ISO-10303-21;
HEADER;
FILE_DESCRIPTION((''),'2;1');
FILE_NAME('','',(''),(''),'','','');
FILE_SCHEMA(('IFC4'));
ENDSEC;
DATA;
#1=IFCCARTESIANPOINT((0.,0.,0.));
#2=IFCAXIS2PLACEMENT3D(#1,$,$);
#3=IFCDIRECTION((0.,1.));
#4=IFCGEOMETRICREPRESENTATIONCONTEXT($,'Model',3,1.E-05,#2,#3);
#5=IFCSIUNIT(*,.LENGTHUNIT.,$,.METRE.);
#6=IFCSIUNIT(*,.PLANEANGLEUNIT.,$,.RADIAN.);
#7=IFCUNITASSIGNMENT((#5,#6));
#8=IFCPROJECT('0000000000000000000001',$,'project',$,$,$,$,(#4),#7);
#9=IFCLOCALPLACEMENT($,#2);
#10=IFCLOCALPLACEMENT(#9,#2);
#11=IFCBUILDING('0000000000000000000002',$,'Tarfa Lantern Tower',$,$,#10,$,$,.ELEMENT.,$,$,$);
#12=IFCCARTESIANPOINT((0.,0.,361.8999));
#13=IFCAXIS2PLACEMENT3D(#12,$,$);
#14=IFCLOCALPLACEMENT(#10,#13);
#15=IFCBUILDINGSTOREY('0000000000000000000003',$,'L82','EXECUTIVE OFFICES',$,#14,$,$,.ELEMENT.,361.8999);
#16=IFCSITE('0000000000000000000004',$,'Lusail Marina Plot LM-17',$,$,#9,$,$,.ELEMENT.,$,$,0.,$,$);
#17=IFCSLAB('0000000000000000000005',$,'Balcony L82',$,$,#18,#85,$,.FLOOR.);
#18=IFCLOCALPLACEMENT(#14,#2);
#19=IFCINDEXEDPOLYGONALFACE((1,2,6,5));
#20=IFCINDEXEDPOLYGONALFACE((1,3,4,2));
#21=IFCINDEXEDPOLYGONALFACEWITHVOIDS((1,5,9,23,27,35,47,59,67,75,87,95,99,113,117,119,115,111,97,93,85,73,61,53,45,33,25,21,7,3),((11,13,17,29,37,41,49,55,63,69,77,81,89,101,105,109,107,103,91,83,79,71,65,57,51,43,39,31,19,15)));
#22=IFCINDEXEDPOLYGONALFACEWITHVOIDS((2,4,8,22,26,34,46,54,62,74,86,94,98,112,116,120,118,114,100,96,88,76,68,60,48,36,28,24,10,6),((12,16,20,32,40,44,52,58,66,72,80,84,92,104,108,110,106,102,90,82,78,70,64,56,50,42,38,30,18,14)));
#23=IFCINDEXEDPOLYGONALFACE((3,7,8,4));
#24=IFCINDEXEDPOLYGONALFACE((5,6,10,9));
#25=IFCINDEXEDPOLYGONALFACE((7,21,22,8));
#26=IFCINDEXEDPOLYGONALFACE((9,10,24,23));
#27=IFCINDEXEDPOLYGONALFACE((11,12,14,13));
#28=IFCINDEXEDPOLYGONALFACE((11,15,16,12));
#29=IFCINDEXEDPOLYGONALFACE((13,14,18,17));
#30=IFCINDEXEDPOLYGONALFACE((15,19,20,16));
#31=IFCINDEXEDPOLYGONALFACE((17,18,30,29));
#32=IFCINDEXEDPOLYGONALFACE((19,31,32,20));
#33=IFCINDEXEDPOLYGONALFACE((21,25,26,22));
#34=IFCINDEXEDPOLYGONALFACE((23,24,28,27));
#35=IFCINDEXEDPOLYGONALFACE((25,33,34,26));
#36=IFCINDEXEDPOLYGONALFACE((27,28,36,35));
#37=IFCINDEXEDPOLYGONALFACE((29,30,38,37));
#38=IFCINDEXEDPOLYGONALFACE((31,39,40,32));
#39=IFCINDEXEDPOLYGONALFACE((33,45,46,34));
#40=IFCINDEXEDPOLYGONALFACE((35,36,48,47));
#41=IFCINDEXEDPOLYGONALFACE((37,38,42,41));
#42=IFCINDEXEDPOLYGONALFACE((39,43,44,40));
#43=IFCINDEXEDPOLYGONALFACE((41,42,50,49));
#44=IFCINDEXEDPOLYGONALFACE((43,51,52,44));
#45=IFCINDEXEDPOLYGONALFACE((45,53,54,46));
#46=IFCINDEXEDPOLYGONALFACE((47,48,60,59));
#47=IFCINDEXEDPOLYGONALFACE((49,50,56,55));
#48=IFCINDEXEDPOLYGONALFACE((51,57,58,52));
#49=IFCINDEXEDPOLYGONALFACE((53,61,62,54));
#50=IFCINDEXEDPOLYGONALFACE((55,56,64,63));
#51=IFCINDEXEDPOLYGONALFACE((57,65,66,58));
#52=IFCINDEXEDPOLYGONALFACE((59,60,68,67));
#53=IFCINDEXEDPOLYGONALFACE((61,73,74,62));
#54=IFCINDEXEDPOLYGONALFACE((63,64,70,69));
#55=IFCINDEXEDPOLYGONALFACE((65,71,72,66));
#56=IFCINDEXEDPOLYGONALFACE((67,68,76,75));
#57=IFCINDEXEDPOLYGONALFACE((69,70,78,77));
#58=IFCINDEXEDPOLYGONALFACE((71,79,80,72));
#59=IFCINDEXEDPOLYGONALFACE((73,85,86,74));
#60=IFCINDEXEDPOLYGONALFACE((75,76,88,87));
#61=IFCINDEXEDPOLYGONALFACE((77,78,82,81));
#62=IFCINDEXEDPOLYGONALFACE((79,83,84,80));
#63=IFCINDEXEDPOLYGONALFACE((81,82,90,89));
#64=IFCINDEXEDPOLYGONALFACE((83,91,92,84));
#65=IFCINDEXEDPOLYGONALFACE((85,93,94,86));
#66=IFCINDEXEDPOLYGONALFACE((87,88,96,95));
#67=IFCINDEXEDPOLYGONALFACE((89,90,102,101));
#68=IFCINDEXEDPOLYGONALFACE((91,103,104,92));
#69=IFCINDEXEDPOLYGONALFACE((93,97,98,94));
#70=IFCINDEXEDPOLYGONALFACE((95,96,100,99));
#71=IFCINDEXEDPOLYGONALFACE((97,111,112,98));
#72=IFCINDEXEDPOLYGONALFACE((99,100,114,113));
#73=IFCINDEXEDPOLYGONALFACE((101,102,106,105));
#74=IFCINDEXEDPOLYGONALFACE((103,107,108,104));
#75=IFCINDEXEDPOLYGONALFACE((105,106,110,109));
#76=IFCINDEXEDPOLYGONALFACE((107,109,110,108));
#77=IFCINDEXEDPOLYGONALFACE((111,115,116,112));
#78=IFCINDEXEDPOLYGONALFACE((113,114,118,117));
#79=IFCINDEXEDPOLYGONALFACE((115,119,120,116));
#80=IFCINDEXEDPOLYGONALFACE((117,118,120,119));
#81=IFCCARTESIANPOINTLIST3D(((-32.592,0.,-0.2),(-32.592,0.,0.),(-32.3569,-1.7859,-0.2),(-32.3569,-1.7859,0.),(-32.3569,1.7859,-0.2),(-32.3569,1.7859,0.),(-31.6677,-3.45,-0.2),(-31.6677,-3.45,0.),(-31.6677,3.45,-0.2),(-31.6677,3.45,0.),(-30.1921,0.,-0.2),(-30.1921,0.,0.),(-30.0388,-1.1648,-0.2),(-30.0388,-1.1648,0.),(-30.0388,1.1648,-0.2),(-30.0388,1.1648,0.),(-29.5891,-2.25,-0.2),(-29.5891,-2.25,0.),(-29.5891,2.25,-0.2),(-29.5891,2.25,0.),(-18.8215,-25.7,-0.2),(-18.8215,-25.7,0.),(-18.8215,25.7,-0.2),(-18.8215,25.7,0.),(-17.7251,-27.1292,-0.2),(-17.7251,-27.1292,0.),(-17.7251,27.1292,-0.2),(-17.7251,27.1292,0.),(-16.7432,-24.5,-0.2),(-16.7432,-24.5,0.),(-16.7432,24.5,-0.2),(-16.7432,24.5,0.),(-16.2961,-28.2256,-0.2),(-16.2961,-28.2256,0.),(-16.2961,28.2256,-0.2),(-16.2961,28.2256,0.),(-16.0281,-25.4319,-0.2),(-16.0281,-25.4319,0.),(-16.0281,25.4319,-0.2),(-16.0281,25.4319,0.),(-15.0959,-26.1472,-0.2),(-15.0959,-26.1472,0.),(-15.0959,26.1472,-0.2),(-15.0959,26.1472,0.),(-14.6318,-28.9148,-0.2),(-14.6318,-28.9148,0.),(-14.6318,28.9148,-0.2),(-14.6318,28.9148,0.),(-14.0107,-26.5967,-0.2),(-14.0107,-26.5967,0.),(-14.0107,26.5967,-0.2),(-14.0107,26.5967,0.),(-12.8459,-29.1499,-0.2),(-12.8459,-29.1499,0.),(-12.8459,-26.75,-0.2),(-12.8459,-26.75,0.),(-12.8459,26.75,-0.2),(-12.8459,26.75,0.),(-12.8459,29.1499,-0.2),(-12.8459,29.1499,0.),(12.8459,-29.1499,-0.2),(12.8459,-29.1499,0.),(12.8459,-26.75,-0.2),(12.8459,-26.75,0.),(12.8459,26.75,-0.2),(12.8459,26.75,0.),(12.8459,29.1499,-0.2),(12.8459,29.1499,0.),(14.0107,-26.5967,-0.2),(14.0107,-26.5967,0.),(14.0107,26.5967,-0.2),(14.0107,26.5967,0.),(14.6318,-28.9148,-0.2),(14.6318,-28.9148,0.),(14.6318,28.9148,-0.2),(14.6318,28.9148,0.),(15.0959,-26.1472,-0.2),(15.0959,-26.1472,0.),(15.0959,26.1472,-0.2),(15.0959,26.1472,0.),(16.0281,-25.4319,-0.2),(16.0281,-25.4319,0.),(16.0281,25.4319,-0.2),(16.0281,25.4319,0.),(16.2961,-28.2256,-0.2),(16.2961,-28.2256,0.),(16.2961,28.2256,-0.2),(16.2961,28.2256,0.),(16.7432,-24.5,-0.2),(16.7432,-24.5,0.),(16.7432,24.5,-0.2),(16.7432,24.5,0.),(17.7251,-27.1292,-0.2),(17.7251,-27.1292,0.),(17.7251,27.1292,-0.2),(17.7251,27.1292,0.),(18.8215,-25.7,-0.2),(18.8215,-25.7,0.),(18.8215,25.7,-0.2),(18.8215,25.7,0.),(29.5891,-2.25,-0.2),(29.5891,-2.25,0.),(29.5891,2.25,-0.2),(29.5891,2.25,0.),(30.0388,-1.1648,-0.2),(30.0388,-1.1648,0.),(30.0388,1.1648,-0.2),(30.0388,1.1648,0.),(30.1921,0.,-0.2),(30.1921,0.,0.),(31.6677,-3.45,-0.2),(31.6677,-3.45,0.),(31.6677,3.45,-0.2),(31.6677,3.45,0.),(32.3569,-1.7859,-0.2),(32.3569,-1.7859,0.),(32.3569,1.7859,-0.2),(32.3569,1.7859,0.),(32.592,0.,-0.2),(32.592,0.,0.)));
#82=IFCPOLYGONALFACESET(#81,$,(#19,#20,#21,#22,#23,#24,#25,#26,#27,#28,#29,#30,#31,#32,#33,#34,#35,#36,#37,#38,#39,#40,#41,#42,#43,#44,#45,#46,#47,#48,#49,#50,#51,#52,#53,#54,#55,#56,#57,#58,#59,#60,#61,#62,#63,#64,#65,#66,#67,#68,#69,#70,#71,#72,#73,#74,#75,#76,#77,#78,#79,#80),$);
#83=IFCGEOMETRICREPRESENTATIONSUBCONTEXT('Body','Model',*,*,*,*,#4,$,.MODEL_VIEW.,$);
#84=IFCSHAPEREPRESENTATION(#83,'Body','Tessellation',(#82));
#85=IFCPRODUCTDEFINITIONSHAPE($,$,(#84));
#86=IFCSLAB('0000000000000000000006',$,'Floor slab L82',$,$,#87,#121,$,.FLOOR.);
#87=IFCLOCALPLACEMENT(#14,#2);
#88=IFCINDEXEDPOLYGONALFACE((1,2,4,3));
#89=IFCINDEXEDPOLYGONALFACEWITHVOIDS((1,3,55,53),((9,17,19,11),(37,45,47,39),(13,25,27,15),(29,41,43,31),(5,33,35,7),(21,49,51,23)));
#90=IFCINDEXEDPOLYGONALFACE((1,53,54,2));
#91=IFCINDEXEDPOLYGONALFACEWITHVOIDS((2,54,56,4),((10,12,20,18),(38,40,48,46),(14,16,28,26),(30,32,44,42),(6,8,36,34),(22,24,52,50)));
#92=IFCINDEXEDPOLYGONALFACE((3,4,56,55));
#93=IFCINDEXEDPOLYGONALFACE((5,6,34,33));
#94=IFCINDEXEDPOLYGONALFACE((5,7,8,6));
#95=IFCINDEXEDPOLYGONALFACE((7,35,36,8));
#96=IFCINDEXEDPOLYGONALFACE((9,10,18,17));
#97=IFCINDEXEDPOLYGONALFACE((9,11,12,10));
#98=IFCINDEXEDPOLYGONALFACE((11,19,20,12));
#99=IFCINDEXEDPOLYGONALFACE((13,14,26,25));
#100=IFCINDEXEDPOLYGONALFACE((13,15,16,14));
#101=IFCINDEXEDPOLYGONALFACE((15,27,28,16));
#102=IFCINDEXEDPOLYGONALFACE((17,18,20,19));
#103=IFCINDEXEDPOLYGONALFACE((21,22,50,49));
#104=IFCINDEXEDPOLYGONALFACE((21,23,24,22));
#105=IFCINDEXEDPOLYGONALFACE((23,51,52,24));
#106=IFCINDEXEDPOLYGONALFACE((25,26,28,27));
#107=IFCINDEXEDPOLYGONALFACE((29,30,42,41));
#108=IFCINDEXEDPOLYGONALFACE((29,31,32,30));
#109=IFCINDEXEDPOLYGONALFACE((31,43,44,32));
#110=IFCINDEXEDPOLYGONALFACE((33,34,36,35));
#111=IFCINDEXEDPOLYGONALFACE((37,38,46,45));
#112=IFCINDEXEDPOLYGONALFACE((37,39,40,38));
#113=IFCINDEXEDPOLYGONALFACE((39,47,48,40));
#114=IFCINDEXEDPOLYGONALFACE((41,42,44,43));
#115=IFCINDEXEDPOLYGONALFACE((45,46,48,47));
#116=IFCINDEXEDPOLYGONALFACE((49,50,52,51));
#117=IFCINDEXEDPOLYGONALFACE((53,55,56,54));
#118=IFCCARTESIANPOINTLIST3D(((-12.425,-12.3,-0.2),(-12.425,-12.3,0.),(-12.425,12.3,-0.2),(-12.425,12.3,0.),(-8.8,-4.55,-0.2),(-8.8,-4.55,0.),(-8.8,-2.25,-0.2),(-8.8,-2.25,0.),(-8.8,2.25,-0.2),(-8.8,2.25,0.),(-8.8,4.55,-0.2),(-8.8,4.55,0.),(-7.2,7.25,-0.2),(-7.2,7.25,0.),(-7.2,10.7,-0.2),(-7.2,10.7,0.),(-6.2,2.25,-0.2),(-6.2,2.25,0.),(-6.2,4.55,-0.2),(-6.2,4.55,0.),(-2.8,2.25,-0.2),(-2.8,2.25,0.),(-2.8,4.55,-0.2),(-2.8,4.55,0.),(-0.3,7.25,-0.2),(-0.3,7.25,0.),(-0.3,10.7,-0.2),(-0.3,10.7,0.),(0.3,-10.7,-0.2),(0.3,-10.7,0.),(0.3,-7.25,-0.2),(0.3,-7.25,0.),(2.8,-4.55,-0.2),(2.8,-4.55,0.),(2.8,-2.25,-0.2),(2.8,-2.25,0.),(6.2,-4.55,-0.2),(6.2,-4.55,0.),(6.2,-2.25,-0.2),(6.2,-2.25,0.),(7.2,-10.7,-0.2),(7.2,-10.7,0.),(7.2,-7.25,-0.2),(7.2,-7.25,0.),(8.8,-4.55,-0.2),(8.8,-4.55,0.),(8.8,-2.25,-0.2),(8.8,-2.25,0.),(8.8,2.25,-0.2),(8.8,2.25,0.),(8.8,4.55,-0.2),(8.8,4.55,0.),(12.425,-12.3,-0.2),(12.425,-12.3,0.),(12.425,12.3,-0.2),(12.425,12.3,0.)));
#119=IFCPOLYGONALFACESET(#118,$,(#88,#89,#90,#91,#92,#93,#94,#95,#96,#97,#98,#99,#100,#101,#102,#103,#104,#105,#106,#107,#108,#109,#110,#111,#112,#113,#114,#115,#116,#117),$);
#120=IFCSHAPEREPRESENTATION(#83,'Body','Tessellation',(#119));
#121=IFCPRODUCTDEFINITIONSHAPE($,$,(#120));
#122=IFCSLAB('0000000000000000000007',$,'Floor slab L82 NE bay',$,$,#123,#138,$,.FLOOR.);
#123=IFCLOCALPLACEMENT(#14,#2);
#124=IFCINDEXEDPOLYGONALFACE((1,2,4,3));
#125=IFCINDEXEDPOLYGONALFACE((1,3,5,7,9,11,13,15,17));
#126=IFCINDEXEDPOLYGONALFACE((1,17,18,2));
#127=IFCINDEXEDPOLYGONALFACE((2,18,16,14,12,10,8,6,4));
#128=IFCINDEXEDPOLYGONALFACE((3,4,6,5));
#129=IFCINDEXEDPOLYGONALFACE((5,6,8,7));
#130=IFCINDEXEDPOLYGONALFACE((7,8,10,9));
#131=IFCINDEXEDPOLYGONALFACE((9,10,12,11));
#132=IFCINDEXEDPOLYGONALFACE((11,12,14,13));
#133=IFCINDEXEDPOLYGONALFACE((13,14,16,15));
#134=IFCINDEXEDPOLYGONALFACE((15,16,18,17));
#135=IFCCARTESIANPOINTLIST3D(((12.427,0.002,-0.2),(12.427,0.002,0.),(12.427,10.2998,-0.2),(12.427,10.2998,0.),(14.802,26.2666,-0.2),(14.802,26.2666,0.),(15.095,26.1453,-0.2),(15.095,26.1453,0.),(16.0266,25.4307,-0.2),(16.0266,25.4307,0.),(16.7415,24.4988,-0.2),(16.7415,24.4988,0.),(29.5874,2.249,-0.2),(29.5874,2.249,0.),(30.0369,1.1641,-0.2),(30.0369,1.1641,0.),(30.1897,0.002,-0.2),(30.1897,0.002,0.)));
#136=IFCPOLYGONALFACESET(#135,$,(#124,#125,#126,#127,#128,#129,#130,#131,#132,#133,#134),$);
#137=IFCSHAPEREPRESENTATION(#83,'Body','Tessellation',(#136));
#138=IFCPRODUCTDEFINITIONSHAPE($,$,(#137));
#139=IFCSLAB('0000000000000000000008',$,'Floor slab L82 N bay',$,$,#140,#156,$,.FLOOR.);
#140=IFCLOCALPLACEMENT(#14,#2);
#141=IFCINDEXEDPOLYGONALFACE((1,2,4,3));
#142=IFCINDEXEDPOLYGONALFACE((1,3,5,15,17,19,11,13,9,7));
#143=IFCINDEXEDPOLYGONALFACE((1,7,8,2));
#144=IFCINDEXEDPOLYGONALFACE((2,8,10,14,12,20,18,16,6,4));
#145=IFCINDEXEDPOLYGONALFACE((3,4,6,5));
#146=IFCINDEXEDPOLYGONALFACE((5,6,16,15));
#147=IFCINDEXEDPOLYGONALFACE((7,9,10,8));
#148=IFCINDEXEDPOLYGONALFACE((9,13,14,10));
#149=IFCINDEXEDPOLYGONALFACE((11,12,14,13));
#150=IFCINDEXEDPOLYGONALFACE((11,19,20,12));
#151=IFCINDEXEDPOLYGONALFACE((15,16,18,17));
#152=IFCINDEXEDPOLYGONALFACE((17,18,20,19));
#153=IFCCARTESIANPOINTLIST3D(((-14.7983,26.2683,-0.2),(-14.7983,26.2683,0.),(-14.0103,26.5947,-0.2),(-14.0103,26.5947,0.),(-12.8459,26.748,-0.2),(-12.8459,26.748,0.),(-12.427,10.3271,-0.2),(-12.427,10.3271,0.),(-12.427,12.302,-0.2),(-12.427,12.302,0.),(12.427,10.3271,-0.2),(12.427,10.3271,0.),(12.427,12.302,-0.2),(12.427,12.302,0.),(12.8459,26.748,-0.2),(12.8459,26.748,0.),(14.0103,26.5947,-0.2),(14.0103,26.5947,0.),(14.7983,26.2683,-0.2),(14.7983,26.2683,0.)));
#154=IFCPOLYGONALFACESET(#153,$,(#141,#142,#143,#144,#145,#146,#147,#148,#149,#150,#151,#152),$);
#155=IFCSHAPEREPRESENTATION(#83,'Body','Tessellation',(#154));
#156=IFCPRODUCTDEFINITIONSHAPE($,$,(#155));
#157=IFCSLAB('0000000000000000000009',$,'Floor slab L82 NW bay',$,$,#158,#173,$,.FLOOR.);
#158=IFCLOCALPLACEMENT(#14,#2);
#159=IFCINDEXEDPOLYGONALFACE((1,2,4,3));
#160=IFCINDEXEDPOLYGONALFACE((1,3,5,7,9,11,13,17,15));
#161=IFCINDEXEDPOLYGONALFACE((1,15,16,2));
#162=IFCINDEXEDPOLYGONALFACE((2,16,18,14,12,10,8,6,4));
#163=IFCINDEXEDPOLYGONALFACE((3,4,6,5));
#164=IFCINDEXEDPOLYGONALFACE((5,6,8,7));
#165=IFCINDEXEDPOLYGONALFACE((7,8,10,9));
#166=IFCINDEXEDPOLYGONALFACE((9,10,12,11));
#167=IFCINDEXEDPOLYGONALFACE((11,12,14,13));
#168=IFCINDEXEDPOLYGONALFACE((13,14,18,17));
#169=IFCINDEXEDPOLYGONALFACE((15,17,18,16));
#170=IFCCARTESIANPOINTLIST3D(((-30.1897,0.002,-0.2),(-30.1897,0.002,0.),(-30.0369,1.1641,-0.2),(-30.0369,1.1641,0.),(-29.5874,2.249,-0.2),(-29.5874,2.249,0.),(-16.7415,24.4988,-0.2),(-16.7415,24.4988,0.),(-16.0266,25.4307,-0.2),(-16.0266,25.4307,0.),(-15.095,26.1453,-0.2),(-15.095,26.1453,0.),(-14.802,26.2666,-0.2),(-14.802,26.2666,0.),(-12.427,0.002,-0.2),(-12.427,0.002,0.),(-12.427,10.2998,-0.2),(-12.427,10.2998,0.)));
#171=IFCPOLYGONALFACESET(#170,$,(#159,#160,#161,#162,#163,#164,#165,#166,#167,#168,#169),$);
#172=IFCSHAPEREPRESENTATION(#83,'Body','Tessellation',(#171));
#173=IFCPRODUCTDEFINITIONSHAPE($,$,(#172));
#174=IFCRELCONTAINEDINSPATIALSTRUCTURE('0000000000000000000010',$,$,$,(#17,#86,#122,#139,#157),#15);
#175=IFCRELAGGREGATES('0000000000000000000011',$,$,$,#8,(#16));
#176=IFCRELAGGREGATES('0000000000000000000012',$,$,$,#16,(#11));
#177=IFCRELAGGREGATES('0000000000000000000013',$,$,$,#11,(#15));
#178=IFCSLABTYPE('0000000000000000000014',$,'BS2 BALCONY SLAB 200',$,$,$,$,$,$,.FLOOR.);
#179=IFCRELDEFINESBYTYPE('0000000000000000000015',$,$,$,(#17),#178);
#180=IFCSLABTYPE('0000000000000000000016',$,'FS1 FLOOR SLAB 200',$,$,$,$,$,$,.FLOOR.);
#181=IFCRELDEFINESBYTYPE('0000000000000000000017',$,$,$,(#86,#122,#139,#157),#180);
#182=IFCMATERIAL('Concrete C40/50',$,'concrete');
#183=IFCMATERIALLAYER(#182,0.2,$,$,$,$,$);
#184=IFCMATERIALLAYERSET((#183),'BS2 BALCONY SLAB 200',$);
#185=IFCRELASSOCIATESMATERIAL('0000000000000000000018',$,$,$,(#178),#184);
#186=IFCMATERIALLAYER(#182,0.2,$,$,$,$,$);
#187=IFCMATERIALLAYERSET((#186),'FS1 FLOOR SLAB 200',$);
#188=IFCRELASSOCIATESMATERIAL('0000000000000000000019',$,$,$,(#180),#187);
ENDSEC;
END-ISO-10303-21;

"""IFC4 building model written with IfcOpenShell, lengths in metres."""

from ifc_helpers import new_model, si_unit, direction, frame, origin, place, context, subcontext, project, spatial, polyline, outline, extrude, material, layer, layer_set, type_object, element, save


model = new_model("IFC4")

# Units and contexts
model_context = context("Model", 3, precision=1e-05, world=origin(), true_north=direction((0.0, 1.0)))
body_context = subcontext(model_context, "Body", "Model", "MODEL_VIEW")
ifc_project = project(units=[si_unit("LENGTHUNIT", "METRE"), si_unit("PLANEANGLEUNIT", "RADIAN")], contexts=[model_context])

# Site, building, storey
site_placement = place(None, origin())
site = spatial("IfcSite", under=ifc_project, at=site_placement, Name="Lusail Marina Plot LM-17", CompositionType="ELEMENT", RefElevation=0.0)
building_placement = place(site_placement, origin())
building = spatial("IfcBuilding", under=site, at=building_placement, Name="Tarfa Lantern Tower", CompositionType="ELEMENT")
storey_placement = place(building_placement, frame((0.0, 0.0, 361.8999)))
storey = spatial("IfcBuildingStorey", under=building, at=storey_placement, Name="L82", Description="EXECUTIVE OFFICES", CompositionType="ELEMENT", Elevation=361.8999)

# Slabs
ifc_material_1 = material(Name="Concrete C40/50", Category="concrete")
ifc_layer_1 = layer(ifc_material_1, 0.2)
ifc_layer_set_1 = layer_set([ifc_layer_1], Name="BS2 BALCONY SLAB 200")
slab_type_1 = type_object("IfcSlabType", Name="BS2 BALCONY SLAB 200", PredefinedType="FLOOR", material=ifc_layer_set_1)
slab_1_placement = place(storey_placement, frame((0.0, 0.0, -0.2)))
element("IfcSlab", 1, at=slab_1_placement, inside=storey, type_object=slab_type_1, Name="Balcony L82", PredefinedType="FLOOR", context=body_context, shape_type="SweptSolid", body=[
    extrude(outline(polyline([(31.6677, 3.45), (18.8215, 25.7), (17.7251, 27.1292), (16.2961, 28.2256), (14.6318, 28.9148), (12.8459, 29.1499), (-12.8459, 29.1499), (-14.6318, 28.9148), (-16.2961, 28.2256), (-17.7251, 27.1292), (-18.8215, 25.7), (-31.6677, 3.45), (-32.3569, 1.7859), (-32.592, 0.0), (-32.3569, -1.7859), (-31.6677, -3.45), (-18.8215, -25.7), (-17.7251, -27.1292), (-16.2961, -28.2256), (-14.6318, -28.9148), (-12.8459, -29.1499), (12.8459, -29.1499), (14.6318, -28.9148), (16.2961, -28.2256), (17.7251, -27.1292), (18.8215, -25.7), (31.6677, -3.45), (32.3569, -1.7859), (32.592, 0.0), (32.3569, 1.7859), (31.6677, 3.45)]), holes=[polyline([(29.5891, 2.25), (16.7432, 24.5), (16.0281, 25.4319), (15.0959, 26.1472), (14.0107, 26.5967), (12.8459, 26.75), (-12.8459, 26.75), (-14.0107, 26.5967), (-15.0959, 26.1472), (-16.0281, 25.4319), (-16.7432, 24.5), (-29.5891, 2.25), (-30.0388, 1.1648), (-30.1921, 0.0), (-30.0388, -1.1648), (-29.5891, -2.25), (-16.7432, -24.5), (-16.0281, -25.4319), (-15.0959, -26.1472), (-14.0107, -26.5967), (-12.8459, -26.75), (12.8459, -26.75), (14.0107, -26.5967), (15.0959, -26.1472), (16.0281, -25.4319), (16.7432, -24.5), (29.5891, -2.25), (30.0388, -1.1648), (30.1921, 0.0), (30.0388, 1.1648), (29.5891, 2.25)])]), origin(), (0.0, 0.0, 1.0), 0.2),
])
ifc_layer_2 = layer(ifc_material_1, 0.2)
ifc_layer_set_2 = layer_set([ifc_layer_2], Name="FS1 FLOOR SLAB 200")
slab_type_2 = type_object("IfcSlabType", Name="FS1 FLOOR SLAB 200", PredefinedType="FLOOR", material=ifc_layer_set_2)
slab_2_placement = place(storey_placement, frame((0.0, 0.0, -0.2)))
element("IfcSlab", 2, at=slab_2_placement, inside=storey, type_object=slab_type_2, Name="Floor slab L82", PredefinedType="FLOOR", context=body_context, shape_type="SweptSolid", body=[
    extrude(outline(polyline([(-12.425, -12.3), (12.425, -12.3), (12.425, 12.3), (-12.425, 12.3), (-12.425, -12.3)]), holes=[polyline([(-8.8, 2.25), (-6.2, 2.25), (-6.2, 4.55), (-8.8, 4.55), (-8.8, 2.25)]), polyline([(-2.8, 2.25), (8.8, 2.25), (8.8, 4.55), (-2.8, 4.55), (-2.8, 2.25)]), polyline([(8.8, -2.25), (6.2, -2.25), (6.2, -4.55), (8.8, -4.55), (8.8, -2.25)]), polyline([(2.8, -2.25), (-8.8, -2.25), (-8.8, -4.55), (2.8, -4.55), (2.8, -2.25)]), polyline([(-7.2, 7.25), (-0.3, 7.25), (-0.3, 10.7), (-7.2, 10.7), (-7.2, 7.25)]), polyline([(7.2, -7.25), (0.3, -7.25), (0.3, -10.7), (7.2, -10.7), (7.2, -7.25)])]), origin(), (0.0, 0.0, 1.0), 0.2),
])
slab_3_placement = place(storey_placement, frame((0.0, 0.0, -0.2)))
element("IfcSlab", 3, at=slab_3_placement, inside=storey, type_object=slab_type_2, Name="Floor slab L82 NE bay", PredefinedType="FLOOR", context=body_context, shape_type="SweptSolid", body=[
    extrude(outline(polyline([(29.5874, 2.249), (16.7415, 24.4988), (16.0266, 25.4307), (15.095, 26.1453), (14.802, 26.2666), (12.427, 10.2998), (12.427, 0.002), (30.1897, 0.002), (30.0369, 1.1641), (29.5874, 2.249)])), origin(), (0.0, 0.0, 1.0), 0.2),
])
slab_4_placement = place(storey_placement, frame((0.0, 0.0, -0.2)))
element("IfcSlab", 4, at=slab_4_placement, inside=storey, type_object=slab_type_2, Name="Floor slab L82 N bay", PredefinedType="FLOOR", context=body_context, shape_type="SweptSolid", body=[
    extrude(outline(polyline([(-12.427, 10.3271), (-12.427, 12.302), (12.427, 12.302), (12.427, 10.3271), (14.7983, 26.2683), (14.0103, 26.5947), (12.8459, 26.748), (-12.8459, 26.748), (-14.0103, 26.5947), (-14.7983, 26.2683), (-12.427, 10.3271)])), origin(), (0.0, 0.0, 1.0), 0.2),
])
slab_5_placement = place(storey_placement, frame((0.0, 0.0, -0.2)))
element("IfcSlab", 5, at=slab_5_placement, inside=storey, type_object=slab_type_2, Name="Floor slab L82 NW bay", PredefinedType="FLOOR", context=body_context, shape_type="SweptSolid", body=[
    extrude(outline(polyline([(-12.427, 0.002), (-12.427, 10.2998), (-14.802, 26.2666), (-15.095, 26.1453), (-16.0266, 25.4307), (-16.7415, 24.4988), (-29.5874, 2.249), (-30.0369, 1.1641), (-30.1897, 0.002), (-12.427, 0.002)])), origin(), (0.0, 0.0, 1.0), 0.2),
])

save(model, "model.ifc")
